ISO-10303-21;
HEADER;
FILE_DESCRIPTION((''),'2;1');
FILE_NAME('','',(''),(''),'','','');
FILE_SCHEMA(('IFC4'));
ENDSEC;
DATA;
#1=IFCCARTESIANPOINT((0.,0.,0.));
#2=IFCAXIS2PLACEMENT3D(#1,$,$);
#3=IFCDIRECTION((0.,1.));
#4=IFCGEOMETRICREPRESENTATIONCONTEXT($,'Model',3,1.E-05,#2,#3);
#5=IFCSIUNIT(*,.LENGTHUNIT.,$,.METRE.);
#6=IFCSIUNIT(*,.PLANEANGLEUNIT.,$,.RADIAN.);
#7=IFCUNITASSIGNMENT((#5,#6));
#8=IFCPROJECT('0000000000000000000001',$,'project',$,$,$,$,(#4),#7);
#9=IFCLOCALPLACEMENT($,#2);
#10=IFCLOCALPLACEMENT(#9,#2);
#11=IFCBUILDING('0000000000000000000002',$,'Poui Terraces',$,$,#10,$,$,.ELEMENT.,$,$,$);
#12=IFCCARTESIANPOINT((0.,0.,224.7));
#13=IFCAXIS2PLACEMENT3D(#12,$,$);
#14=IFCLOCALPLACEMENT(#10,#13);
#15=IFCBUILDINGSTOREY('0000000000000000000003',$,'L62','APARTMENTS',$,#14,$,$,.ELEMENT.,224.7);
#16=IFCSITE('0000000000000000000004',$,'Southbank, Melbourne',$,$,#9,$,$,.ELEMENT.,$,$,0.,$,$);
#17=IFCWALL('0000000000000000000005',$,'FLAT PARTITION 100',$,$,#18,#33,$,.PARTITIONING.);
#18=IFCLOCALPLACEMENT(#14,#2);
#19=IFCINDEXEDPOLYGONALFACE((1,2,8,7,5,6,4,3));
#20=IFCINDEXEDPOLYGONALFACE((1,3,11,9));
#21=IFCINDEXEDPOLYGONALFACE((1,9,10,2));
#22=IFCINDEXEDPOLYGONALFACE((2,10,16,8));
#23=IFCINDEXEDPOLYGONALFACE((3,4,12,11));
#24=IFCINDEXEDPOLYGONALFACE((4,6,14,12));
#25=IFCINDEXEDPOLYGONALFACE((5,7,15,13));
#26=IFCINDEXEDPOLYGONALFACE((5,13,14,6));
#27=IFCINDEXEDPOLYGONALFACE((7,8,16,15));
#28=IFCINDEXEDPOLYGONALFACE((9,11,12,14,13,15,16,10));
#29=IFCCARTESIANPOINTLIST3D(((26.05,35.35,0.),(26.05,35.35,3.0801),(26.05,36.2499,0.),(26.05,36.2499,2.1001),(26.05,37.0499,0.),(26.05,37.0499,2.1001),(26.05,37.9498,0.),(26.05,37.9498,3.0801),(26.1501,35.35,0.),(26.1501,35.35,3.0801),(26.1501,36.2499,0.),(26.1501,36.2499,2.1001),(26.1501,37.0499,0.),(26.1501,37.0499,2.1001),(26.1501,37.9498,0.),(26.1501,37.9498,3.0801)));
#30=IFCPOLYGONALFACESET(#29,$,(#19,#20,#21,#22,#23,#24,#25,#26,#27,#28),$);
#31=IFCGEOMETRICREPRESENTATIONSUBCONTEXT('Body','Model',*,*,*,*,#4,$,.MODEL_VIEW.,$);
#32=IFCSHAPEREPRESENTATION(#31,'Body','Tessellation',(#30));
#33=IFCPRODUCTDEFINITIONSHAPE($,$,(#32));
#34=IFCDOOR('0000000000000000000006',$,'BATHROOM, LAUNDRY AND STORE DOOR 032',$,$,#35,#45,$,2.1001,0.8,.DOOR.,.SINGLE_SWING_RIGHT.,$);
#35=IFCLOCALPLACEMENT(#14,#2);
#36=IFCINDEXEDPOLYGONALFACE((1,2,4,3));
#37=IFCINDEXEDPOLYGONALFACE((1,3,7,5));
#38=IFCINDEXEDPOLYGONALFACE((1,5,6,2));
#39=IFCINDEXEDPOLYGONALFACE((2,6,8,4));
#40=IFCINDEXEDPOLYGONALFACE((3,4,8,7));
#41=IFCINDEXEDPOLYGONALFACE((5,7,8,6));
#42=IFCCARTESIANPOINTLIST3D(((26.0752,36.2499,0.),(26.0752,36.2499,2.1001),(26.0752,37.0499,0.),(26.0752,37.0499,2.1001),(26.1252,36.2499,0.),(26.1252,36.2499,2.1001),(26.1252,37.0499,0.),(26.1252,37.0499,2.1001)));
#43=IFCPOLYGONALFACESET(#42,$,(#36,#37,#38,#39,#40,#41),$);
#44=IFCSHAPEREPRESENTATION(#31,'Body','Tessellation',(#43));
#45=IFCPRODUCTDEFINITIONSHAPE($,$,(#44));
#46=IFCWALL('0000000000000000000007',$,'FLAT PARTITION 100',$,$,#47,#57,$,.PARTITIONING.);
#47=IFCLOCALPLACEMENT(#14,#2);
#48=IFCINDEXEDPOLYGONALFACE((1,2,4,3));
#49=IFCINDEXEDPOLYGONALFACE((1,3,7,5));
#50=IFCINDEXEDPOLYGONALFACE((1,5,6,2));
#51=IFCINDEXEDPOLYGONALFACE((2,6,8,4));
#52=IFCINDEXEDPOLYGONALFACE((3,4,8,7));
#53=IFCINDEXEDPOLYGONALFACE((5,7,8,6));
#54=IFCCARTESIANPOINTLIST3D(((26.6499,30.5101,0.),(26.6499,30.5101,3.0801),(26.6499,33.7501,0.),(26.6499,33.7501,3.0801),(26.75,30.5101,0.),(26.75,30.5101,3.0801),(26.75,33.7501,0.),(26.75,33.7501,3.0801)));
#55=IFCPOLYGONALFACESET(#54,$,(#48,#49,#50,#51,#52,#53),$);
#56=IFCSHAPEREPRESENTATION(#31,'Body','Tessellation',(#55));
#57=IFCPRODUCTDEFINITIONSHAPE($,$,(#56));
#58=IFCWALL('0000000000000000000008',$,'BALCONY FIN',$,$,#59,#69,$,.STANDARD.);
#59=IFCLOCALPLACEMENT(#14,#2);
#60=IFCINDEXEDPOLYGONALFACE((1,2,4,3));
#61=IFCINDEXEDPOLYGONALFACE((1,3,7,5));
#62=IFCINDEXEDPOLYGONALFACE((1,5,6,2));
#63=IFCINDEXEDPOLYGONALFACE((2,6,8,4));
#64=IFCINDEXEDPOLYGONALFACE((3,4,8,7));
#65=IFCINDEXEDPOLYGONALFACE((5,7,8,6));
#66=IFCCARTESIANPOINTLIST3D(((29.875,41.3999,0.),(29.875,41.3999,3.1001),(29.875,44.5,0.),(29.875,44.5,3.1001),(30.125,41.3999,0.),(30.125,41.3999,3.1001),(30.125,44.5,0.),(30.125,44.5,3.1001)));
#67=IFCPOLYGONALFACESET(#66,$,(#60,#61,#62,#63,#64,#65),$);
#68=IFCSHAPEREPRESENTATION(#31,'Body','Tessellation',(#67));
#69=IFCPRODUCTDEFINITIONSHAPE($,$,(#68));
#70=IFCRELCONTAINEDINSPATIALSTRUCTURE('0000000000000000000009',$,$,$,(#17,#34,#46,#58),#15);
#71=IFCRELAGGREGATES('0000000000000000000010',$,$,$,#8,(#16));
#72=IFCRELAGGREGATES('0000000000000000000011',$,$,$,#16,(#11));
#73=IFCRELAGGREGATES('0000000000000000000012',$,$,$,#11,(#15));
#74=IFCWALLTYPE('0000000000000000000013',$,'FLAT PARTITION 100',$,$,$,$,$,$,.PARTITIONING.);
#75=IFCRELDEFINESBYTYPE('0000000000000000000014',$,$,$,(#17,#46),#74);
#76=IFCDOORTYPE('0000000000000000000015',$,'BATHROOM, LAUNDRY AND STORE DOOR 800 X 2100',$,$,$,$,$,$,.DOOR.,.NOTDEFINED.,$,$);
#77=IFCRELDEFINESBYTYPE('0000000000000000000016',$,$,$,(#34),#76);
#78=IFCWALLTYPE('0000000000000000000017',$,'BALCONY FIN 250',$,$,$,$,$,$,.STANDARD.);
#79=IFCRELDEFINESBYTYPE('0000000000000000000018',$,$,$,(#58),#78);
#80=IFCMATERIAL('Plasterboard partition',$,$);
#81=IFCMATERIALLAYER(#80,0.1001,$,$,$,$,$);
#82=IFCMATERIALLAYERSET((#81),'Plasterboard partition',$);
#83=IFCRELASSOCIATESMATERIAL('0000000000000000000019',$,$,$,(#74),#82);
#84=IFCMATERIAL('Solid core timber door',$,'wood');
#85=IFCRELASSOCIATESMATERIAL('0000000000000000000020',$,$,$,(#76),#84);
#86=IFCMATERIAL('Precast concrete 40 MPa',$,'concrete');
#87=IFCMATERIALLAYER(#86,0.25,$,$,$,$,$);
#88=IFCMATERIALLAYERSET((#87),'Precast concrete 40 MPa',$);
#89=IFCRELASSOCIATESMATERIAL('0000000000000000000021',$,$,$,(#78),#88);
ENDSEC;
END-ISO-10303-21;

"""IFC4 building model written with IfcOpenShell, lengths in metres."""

from ifc_helpers import new_model, si_unit, direction, frame, frame_2d, origin, place, context, subcontext, project, spatial, polyline, rectangle, outline, extrude, source, transform, mapped, material, layer, layer_set, type_object, element, fill, save


model = new_model("IFC4")

# Units and contexts
model_context = context("Model", 3, precision=1e-05, world=origin(), true_north=direction((0.0, 1.0)))
body_context = subcontext(model_context, "Body", "Model", "MODEL_VIEW")
ifc_project = project(units=[si_unit("LENGTHUNIT", "METRE"), si_unit("PLANEANGLEUNIT", "RADIAN")], contexts=[model_context])

# Site, building, storey
site_placement = place(None, origin())
site = spatial("IfcSite", under=ifc_project, at=site_placement, Name="Southbank, Melbourne", CompositionType="ELEMENT", RefElevation=0.0)
building_placement = place(site_placement, origin())
building = spatial("IfcBuilding", under=site, at=building_placement, Name="Poui Terraces", CompositionType="ELEMENT")
storey_placement = place(building_placement, frame((0.0, 0.0, 224.7)))
storey = spatial("IfcBuildingStorey", under=building, at=storey_placement, Name="L62", Description="APARTMENTS", CompositionType="ELEMENT", Elevation=224.7)

# Shared definitions
ifc_material_1 = material(Name="Solid core timber door", Category="wood")
ifc_material_2 = material(Name="Plasterboard partition")
ifc_layer_1 = layer(ifc_material_2, 0.1001)
ifc_layer_set_1 = layer_set([ifc_layer_1], Name="Plasterboard partition")
wall_type_1 = type_object("IfcWallType", Name="FLAT PARTITION 100", PredefinedType="PARTITIONING", material=ifc_layer_set_1)
door_type_1 = type_object("IfcDoorType", Name="BATHROOM, LAUNDRY AND STORE DOOR 800 X 2100", OperationType="NOTDEFINED", PredefinedType="DOOR", material=ifc_material_1)

# Wall, opening, door
wall_1_placement = place(storey_placement, frame((26.1001, 35.3501, 0.0), z_axis=(0.0, 0.0, 1.0), x_axis=(0.0, 1.0, 0.0)))
wall_1 = element("IfcWall", 1, at=wall_1_placement, inside=storey, type_object=wall_type_1, Name="FLAT PARTITION 100", PredefinedType="PARTITIONING", context=body_context, shape_type="SweptSolid", body=[
    extrude(rectangle(XDim=2.5999, YDim=0.1001, at=frame_2d((1.2998, 0.0))), origin(), (0.0, 0.0, 1.0), 3.0801),
])
opening_1_placement = place(wall_1_placement, frame((0.8999, 0.0, 0.0)))
opening_1 = element("IfcOpeningElement", 2, at=opening_1_placement, cuts=wall_1, PredefinedType="OPENING", context=body_context, shape_type="SweptSolid", body=[
    extrude(rectangle(XDim=0.8, YDim=2.1001, at=frame_2d((0.3999, 1.05))), frame((0.0, 0.0601, 0.0), z_axis=(0.0, -1.0, 0.0), x_axis=(1.0, 0.0, 0.0)), (0.0, 0.0, 1.0), 0.1201),
])
door_1_placement = place(opening_1_placement, origin())
door_1 = element("IfcDoor", 3, at=door_1_placement, inside=storey, type_object=door_type_1, Name="BATHROOM, LAUNDRY AND STORE DOOR 032", OperationType="SINGLE_SWING_RIGHT", OverallHeight=2.1001, OverallWidth=0.8, PredefinedType="DOOR", context=body_context, shape_type="SweptSolid", body=[
    extrude(rectangle(XDim=0.8, YDim=2.1001, at=frame_2d((0.3999, 1.05))), frame((0.0, 0.0249, 0.0), z_axis=(0.0, -1.0, 0.0), x_axis=(1.0, 0.0, 0.0)), (0.0, 0.0, 1.0), 0.05),
])
fill(opening_1, door_1)

# Walls
wall_2_placement = place(storey_placement, frame((26.7, 30.51, 0.0), z_axis=(0.0, 0.0, 1.0), x_axis=(0.0, 1.0, 0.0)))
element("IfcWall", 4, at=wall_2_placement, inside=storey, type_object=wall_type_1, Name="FLAT PARTITION 100", PredefinedType="PARTITIONING", context=body_context, shape_type="SweptSolid", body=[
    extrude(rectangle(XDim=3.24, YDim=0.1001, at=frame_2d((1.6201, 0.0))), origin(), (0.0, 0.0, 1.0), 3.0801),
])
ifc_material_3 = material(Name="Precast concrete 40 MPa", Category="concrete")
ifc_layer_2 = layer(ifc_material_3, 0.25)
ifc_layer_set_2 = layer_set([ifc_layer_2], Name="Precast concrete 40 MPa")
wall_type_2 = type_object("IfcWallType", Name="BALCONY FIN 250", PredefinedType="STANDARD", material=ifc_layer_set_2)
shared_shape_1 = source(origin(), body_context, "Body", "SweptSolid", [
    extrude(outline(polyline([(0.0, 0.0), (0.25, 0.0), (0.25, 3.1001), (0.0, 3.1001), (0.0, 0.0)])), origin(), (0.0, 0.0, 1.0), 3.1001),
])
wall_3_placement = place(storey_placement, frame((29.875, 41.3999, 0.0)))
element("IfcWall", 5, at=wall_3_placement, inside=storey, type_object=wall_type_2, Name="BALCONY FIN", PredefinedType="STANDARD", context=body_context, shape_type="MappedRepresentation", body=[
    mapped(shared_shape_1, transform((0.0, 0.0, 0.0))),
])

save(model, "model.ifc")
